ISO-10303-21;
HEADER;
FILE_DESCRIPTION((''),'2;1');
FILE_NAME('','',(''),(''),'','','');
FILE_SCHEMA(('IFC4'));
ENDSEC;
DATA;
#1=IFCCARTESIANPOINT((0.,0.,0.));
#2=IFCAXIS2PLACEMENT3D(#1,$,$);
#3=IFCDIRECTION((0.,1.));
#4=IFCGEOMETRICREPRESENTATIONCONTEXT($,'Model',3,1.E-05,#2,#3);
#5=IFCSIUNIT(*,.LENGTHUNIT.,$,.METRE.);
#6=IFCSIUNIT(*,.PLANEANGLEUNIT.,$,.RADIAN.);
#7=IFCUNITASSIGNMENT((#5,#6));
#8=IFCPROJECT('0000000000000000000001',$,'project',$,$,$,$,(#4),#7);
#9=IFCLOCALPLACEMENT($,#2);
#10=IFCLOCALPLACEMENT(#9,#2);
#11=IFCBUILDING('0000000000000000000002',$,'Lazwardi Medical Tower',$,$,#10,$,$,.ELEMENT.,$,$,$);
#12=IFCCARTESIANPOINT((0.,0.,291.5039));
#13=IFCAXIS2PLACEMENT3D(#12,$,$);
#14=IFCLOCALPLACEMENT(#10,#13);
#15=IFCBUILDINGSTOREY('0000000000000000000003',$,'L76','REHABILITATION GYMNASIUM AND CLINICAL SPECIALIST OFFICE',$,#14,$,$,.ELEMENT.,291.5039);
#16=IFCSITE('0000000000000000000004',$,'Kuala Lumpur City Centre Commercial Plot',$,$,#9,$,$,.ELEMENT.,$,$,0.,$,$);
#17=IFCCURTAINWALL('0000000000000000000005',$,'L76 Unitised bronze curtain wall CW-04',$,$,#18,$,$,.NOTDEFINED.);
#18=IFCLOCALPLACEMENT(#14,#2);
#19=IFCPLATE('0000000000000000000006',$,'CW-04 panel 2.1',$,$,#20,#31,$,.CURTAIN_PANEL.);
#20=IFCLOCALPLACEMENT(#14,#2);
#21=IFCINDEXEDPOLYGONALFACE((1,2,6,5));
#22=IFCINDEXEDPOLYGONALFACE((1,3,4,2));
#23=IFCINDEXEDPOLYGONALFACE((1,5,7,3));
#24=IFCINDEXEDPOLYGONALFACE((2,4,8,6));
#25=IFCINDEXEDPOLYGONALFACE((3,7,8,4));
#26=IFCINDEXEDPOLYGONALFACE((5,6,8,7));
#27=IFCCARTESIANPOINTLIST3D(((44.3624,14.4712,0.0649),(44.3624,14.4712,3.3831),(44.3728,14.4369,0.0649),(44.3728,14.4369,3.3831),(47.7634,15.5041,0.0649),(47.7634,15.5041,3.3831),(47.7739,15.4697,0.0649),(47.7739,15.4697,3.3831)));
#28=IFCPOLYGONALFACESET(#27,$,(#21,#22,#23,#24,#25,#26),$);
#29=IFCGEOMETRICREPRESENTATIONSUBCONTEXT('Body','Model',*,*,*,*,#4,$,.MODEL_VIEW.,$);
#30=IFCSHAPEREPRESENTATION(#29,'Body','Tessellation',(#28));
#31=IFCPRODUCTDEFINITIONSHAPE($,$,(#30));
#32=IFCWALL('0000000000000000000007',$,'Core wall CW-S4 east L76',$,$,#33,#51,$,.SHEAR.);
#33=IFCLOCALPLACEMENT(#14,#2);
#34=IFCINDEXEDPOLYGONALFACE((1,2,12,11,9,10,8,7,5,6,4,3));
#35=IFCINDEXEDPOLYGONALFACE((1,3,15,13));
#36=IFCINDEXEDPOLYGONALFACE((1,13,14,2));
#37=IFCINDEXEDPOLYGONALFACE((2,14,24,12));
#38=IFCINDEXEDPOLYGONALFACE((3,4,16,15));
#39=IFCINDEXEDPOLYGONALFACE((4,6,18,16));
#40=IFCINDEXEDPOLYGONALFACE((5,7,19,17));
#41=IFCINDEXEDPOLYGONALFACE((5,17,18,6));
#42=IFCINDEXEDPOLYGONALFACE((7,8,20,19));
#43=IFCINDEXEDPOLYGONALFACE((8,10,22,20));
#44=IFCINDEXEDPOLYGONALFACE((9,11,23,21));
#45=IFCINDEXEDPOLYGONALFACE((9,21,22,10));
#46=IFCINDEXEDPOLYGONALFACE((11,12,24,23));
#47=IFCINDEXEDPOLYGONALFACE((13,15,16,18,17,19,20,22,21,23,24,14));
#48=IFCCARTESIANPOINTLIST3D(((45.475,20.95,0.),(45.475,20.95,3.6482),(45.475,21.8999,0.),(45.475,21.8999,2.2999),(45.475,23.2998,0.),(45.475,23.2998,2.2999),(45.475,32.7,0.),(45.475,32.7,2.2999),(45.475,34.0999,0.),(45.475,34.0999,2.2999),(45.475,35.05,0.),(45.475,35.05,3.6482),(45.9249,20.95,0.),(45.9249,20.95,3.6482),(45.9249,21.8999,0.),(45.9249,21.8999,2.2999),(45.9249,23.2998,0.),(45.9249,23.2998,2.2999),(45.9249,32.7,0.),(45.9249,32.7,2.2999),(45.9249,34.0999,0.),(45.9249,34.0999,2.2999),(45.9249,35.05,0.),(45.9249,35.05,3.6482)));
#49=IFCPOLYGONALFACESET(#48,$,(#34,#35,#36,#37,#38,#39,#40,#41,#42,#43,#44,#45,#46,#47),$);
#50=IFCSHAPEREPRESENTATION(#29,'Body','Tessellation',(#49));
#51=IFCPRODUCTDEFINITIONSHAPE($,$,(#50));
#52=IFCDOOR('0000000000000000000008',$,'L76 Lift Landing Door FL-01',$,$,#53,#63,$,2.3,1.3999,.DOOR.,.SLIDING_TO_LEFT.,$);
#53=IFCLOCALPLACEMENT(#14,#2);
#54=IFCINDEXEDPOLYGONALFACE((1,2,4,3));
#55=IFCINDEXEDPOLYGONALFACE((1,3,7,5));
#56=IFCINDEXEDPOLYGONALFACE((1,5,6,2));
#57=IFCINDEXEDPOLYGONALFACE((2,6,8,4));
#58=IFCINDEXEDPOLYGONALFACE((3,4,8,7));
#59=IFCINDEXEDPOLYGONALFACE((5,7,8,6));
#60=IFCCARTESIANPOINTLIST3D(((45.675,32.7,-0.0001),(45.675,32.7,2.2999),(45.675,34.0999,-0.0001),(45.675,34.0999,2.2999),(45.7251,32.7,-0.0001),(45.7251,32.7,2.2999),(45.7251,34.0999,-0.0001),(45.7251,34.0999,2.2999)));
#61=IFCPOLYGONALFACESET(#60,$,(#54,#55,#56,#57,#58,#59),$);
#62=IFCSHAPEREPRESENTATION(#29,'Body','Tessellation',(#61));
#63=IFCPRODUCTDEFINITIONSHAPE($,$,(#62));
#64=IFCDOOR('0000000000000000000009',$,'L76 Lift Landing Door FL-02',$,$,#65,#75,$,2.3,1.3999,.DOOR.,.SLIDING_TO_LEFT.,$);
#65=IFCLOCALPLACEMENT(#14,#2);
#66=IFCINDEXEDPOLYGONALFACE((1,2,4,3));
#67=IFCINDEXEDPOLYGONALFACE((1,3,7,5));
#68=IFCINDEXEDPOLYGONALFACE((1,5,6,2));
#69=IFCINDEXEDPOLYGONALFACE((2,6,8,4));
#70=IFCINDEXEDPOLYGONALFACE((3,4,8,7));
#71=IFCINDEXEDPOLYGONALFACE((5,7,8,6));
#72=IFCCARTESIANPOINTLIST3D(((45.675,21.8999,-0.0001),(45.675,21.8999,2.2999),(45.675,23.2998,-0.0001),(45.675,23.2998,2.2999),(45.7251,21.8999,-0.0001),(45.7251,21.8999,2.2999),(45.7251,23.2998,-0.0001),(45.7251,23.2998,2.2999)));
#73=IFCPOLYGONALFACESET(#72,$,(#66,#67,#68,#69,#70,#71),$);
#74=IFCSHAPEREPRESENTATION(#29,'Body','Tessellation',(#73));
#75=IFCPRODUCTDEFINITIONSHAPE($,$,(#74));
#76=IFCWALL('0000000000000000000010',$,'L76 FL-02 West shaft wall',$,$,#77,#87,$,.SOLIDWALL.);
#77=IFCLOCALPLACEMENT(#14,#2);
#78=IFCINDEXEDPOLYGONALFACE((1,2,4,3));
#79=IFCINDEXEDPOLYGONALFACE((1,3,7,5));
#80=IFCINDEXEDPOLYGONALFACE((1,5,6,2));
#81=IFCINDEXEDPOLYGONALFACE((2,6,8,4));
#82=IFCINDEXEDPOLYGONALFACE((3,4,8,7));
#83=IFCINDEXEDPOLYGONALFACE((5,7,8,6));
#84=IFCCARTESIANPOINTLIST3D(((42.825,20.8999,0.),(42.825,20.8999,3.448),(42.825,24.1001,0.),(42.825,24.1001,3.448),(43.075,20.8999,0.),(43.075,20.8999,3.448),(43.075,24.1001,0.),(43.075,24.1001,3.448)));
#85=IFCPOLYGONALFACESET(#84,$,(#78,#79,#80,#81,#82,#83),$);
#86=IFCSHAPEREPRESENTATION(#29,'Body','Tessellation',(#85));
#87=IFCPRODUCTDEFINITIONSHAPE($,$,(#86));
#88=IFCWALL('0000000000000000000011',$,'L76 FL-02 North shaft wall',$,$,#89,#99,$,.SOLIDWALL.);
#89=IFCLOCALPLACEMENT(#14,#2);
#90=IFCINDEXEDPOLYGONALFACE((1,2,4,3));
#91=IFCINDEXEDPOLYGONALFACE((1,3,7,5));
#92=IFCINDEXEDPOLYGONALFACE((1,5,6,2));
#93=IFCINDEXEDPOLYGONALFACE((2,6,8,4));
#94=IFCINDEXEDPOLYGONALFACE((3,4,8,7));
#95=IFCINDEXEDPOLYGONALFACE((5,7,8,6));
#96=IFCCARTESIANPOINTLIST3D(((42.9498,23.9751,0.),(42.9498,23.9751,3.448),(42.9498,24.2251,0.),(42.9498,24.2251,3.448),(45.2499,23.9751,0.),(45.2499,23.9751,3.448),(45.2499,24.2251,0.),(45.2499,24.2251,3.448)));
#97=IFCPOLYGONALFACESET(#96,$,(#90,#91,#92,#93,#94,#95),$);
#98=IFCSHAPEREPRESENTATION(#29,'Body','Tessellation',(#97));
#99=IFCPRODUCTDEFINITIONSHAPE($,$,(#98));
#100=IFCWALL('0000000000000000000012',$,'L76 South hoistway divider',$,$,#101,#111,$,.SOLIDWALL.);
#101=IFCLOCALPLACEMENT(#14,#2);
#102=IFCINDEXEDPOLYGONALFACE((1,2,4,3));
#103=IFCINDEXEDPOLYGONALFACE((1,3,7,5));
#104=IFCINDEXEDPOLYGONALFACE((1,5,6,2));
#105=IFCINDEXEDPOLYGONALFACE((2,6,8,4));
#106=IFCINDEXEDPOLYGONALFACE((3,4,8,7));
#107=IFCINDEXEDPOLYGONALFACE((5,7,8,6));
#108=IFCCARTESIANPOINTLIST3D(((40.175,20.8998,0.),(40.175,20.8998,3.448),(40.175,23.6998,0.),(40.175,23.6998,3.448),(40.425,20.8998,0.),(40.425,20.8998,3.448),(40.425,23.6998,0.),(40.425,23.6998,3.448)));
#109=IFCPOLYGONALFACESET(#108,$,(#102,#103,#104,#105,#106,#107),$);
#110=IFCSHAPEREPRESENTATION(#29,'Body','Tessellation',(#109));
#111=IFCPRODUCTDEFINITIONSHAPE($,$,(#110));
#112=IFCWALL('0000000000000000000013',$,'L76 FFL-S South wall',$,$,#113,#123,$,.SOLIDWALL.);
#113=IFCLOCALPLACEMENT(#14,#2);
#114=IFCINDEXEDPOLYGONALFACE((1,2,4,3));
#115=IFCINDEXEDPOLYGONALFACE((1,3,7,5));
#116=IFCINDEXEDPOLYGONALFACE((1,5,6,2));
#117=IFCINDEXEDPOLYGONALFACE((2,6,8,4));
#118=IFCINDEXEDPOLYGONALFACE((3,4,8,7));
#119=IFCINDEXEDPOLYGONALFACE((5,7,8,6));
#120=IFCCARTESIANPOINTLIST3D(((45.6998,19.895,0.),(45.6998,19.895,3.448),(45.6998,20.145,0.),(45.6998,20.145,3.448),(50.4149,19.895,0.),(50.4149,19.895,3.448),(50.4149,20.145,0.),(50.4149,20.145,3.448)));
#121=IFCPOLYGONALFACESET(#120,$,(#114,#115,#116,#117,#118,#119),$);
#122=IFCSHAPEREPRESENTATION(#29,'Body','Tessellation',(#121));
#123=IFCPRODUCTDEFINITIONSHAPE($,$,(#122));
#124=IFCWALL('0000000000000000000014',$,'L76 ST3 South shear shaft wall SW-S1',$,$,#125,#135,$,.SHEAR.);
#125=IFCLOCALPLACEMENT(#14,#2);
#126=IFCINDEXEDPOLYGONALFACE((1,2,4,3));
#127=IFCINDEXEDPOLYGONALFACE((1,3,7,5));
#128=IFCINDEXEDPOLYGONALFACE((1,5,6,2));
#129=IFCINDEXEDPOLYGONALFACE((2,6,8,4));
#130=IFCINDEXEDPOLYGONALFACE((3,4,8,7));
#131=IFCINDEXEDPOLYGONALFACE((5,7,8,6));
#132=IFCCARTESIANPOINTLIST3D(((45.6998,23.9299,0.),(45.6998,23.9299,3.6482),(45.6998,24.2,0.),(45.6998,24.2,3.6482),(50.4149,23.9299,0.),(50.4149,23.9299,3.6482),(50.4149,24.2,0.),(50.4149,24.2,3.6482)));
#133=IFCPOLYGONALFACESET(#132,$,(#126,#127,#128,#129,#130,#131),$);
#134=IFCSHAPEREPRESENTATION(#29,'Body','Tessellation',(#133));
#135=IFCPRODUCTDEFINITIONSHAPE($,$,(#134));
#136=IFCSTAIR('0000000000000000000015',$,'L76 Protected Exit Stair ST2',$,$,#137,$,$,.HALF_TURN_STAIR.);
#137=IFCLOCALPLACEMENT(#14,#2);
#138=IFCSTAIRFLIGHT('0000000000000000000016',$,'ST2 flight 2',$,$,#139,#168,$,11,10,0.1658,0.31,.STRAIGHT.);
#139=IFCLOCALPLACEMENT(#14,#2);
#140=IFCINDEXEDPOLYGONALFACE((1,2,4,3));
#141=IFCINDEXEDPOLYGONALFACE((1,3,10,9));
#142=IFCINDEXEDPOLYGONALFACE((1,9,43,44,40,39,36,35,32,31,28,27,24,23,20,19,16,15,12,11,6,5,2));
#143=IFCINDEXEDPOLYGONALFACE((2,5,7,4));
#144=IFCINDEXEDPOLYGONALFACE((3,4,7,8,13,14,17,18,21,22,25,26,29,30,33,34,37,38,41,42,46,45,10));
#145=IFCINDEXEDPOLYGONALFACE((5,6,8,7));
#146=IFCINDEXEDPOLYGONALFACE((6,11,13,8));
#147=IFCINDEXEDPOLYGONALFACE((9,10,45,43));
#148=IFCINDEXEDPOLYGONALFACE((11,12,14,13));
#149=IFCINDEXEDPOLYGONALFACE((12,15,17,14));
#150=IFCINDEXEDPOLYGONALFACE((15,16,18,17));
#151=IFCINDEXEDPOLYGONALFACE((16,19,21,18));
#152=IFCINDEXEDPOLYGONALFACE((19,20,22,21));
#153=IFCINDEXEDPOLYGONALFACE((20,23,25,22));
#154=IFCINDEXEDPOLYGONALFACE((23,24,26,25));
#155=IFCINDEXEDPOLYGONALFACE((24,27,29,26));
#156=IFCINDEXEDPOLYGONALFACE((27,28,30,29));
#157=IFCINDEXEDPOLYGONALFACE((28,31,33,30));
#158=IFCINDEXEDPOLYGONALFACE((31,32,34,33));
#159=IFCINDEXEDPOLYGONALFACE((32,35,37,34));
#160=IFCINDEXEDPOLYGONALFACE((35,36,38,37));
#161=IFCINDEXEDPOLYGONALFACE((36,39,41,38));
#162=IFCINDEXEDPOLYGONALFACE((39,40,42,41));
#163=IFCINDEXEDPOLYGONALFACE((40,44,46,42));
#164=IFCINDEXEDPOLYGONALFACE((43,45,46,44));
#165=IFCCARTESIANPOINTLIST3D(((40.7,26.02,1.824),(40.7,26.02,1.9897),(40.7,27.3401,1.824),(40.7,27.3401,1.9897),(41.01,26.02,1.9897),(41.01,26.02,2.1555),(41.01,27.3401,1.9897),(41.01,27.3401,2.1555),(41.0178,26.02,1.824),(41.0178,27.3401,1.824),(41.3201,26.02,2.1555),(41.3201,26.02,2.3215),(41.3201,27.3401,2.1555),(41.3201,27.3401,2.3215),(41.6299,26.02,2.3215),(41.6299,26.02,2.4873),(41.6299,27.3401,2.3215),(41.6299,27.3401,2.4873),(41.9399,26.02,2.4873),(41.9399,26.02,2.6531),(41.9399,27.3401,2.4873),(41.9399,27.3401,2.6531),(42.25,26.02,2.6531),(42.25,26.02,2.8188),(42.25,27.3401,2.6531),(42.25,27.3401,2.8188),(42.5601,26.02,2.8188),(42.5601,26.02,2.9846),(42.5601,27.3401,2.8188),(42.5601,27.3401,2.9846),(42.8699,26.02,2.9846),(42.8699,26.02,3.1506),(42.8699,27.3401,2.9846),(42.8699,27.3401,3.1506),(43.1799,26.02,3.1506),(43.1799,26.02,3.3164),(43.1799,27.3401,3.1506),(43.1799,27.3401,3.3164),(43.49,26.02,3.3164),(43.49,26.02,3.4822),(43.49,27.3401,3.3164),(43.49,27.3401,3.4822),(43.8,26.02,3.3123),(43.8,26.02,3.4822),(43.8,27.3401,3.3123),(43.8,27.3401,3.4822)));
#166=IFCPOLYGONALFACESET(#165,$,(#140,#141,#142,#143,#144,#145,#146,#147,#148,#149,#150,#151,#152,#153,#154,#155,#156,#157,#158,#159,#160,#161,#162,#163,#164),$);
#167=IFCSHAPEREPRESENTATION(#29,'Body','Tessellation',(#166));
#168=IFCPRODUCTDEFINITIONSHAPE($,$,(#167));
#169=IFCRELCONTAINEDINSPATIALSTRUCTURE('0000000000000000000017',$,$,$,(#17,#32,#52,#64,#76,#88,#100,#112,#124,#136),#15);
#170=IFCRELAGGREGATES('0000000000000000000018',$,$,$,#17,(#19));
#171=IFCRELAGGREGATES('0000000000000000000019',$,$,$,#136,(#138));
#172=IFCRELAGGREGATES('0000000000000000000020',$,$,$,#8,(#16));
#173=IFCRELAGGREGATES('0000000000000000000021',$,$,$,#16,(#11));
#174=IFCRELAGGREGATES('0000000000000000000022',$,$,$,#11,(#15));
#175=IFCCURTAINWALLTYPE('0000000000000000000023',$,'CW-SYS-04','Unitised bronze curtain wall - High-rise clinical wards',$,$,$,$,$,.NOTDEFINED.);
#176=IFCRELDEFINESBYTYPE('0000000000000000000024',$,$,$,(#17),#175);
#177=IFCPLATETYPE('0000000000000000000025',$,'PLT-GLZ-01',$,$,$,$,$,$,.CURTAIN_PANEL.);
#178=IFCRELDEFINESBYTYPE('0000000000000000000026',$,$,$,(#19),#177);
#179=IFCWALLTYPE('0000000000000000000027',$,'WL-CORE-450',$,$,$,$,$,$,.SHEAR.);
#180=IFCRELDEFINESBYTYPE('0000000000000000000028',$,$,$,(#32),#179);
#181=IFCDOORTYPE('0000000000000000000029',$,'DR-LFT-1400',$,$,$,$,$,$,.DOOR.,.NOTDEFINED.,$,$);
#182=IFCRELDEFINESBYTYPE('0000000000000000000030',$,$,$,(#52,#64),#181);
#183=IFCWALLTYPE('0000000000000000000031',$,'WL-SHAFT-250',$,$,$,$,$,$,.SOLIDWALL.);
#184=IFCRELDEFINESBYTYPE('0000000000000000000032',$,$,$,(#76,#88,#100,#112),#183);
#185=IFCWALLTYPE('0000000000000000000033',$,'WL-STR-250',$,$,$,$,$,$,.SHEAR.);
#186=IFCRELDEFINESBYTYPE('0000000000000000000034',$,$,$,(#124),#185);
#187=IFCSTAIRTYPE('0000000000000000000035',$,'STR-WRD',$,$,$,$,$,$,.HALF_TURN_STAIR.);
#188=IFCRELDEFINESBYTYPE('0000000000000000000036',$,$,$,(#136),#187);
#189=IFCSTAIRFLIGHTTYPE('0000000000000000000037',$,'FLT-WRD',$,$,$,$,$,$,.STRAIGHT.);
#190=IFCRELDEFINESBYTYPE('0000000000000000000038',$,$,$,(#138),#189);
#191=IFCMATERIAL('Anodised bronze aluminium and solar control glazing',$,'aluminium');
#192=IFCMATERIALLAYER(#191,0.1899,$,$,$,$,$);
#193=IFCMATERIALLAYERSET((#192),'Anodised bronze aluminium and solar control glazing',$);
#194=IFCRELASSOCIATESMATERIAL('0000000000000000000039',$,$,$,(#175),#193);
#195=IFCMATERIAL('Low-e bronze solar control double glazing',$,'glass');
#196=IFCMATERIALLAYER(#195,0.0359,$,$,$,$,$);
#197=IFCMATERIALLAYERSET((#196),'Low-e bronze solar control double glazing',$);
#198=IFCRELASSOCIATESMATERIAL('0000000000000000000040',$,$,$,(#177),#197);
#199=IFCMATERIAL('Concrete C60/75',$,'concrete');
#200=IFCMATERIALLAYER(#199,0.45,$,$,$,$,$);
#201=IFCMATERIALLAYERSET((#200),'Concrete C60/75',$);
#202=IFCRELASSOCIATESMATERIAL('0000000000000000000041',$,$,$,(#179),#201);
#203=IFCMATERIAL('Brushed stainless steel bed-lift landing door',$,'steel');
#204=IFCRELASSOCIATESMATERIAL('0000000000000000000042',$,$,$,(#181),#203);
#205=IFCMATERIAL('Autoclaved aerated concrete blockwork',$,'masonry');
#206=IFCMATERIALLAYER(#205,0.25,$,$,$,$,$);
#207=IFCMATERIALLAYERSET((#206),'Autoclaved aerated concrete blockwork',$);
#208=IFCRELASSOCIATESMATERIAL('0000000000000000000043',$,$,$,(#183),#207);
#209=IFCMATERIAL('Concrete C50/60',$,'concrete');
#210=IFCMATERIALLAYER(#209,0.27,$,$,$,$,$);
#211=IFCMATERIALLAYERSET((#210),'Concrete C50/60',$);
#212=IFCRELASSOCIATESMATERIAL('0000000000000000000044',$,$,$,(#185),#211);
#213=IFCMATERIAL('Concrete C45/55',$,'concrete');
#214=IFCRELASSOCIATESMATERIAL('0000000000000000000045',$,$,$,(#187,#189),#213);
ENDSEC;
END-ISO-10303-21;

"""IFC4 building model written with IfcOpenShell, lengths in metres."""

from ifc_helpers import new_model, si_unit, direction, frame, frame_2d, origin, origin_2d, place, context, subcontext, project, spatial, polyline, rectangle, outline, extrude, material, layer, layer_set, type_object, element, fill, aggregate, save


model = new_model("IFC4")

# Units and contexts
model_context = context("Model", 3, precision=1e-05, world=origin(), true_north=direction((0.0, 1.0)))
body_context = subcontext(model_context, "Body", "Model", "MODEL_VIEW")
ifc_project = project(units=[si_unit("LENGTHUNIT", "METRE"), si_unit("PLANEANGLEUNIT", "RADIAN")], contexts=[model_context])

# Site, building, storey
site_placement = place(None, origin())
site = spatial("IfcSite", under=ifc_project, at=site_placement, Name="Kuala Lumpur City Centre Commercial Plot", CompositionType="ELEMENT", RefElevation=0.0)
building_placement = place(site_placement, origin())
building = spatial("IfcBuilding", under=site, at=building_placement, Name="Lazwardi Medical Tower", CompositionType="ELEMENT")
storey_placement = place(building_placement, frame((0.0, 0.0, 291.5039)))
storey = spatial("IfcBuildingStorey", under=building, at=storey_placement, Name="L76", Description="REHABILITATION GYMNASIUM AND CLINICAL SPECIALIST OFFICE", CompositionType="ELEMENT", Elevation=291.5039)

# Shared definitions
ifc_material_1 = material(Name="Concrete C60/75", Category="concrete")

# Curtain wall, plate
ifc_material_2 = material(Name="Anodised bronze aluminium and solar control glazing", Category="aluminium")
ifc_layer_1 = layer(ifc_material_2, 0.1899)
ifc_layer_set_1 = layer_set([ifc_layer_1], Name="Anodised bronze aluminium and solar control glazing")
curtain_wall_type = type_object("IfcCurtainWallType", Name="CW-SYS-04", Description="Unitised bronze curtain wall - High-rise clinical wards", PredefinedType="NOTDEFINED", material=ifc_layer_set_1)
curtain_wall_placement = place(storey_placement, origin())
curtain_wall = element("IfcCurtainWall", 1, at=curtain_wall_placement, inside=storey, type_object=curtain_wall_type, Name="L76 Unitised bronze curtain wall CW-04", PredefinedType="NOTDEFINED")
ifc_material_3 = material(Name="Low-e bronze solar control double glazing", Category="glass")
ifc_layer_2 = layer(ifc_material_3, 0.0359)
ifc_layer_set_2 = layer_set([ifc_layer_2], Name="Low-e bronze solar control double glazing")
plate_type = type_object("IfcPlateType", Name="PLT-GLZ-01", PredefinedType="CURTAIN_PANEL", material=ifc_layer_set_2)
plate_1_placement = place(storey_placement, frame((46.0681, 14.9705, 0.0649), z_axis=(0.0, 0.0, 1.0), x_axis=(0.95685, 0.290582, 0.0)))
plate_1 = element("IfcPlate", 2, at=plate_1_placement, type_object=plate_type, Name="CW-04 panel 2.1", PredefinedType="CURTAIN_PANEL", context=body_context, shape_type="SweptSolid", body=[
    extrude(rectangle(XDim=3.5544, YDim=0.0359, at=origin_2d()), origin(), (0.0, 0.0, 1.0), 3.3181),
])
aggregate(curtain_wall, [plate_1])

# Wall, openings, doors
ifc_layer_3 = layer(ifc_material_1, 0.45)
ifc_layer_set_3 = layer_set([ifc_layer_3], Name="Concrete C60/75")
wall_type_1 = type_object("IfcWallType", Name="WL-CORE-450", PredefinedType="SHEAR", material=ifc_layer_set_3)
wall_1_placement = place(storey_placement, frame((45.7, 20.95, 0.0), z_axis=(0.0, 0.0, 1.0), x_axis=(0.0, 1.0, 0.0)))
wall_1 = element("IfcWall", 3, at=wall_1_placement, inside=storey, type_object=wall_type_1, Name="Core wall CW-S4 east L76", PredefinedType="SHEAR", context=body_context, shape_type="SweptSolid", body=[
    extrude(rectangle(XDim=14.1001, YDim=0.45, at=frame_2d((7.05, 0.0))), origin(), (0.0, 0.0, 1.0), 3.6482),
])
opening_1_placement = place(wall_1_placement, frame((11.75, 0.0, 0.0)))
opening_1 = element("IfcOpeningElement", 4, at=opening_1_placement, cuts=wall_1, PredefinedType="OPENING", context=body_context, shape_type="SweptSolid", body=[
    extrude(rectangle(XDim=1.3999, YDim=2.3, at=frame_2d((0.7, 1.1499))), frame((0.0, 0.2349, 0.0), z_axis=(0.0, -1.0, 0.0), x_axis=(1.0, 0.0, 0.0)), (0.0, 0.0, 1.0), 0.47),
])
opening_2_placement = place(wall_1_placement, frame((0.95, 0.0, 0.0)))
opening_2 = element("IfcOpeningElement", 5, at=opening_2_placement, cuts=wall_1, PredefinedType="OPENING", context=body_context, shape_type="SweptSolid", body=[
    extrude(rectangle(XDim=1.3999, YDim=2.3, at=frame_2d((0.7, 1.1499))), frame((0.0, 0.2349, 0.0), z_axis=(0.0, -1.0, 0.0), x_axis=(1.0, 0.0, 0.0)), (0.0, 0.0, 1.0), 0.47),
])
ifc_material_4 = material(Name="Brushed stainless steel bed-lift landing door", Category="steel")
door_type = type_object("IfcDoorType", Name="DR-LFT-1400", OperationType="NOTDEFINED", PredefinedType="DOOR", material=ifc_material_4)
door_1_placement = place(opening_1_placement, origin())
door_1 = element("IfcDoor", 6, at=door_1_placement, inside=storey, type_object=door_type, Name="L76 Lift Landing Door FL-01", OperationType="SLIDING_TO_LEFT", OverallHeight=2.3, OverallWidth=1.3999, PredefinedType="DOOR", context=body_context, shape_type="SweptSolid", body=[
    extrude(rectangle(XDim=1.3999, YDim=2.3, at=frame_2d((0.7, 1.1499))), frame((0.0, 0.0249, 0.0), z_axis=(0.0, -1.0, 0.0), x_axis=(1.0, 0.0, 0.0)), (0.0, 0.0, 1.0), 0.05),
])
fill(opening_1, door_1)
door_2_placement = place(opening_2_placement, origin())
door_2 = element("IfcDoor", 7, at=door_2_placement, inside=storey, type_object=door_type, Name="L76 Lift Landing Door FL-02", OperationType="SLIDING_TO_LEFT", OverallHeight=2.3, OverallWidth=1.3999, PredefinedType="DOOR", context=body_context, shape_type="SweptSolid", body=[
    extrude(rectangle(XDim=1.3999, YDim=2.3, at=frame_2d((0.7, 1.1499))), frame((0.0, 0.0249, 0.0), z_axis=(0.0, -1.0, 0.0), x_axis=(1.0, 0.0, 0.0)), (0.0, 0.0, 1.0), 0.05),
])
fill(opening_2, door_2)

# Walls
ifc_material_5 = material(Name="Autoclaved aerated concrete blockwork", Category="masonry")
ifc_layer_4 = layer(ifc_material_5, 0.25)
ifc_layer_set_4 = layer_set([ifc_layer_4], Name="Autoclaved aerated concrete blockwork")
wall_type_2 = type_object("IfcWallType", Name="WL-SHAFT-250", PredefinedType="SOLIDWALL", material=ifc_layer_set_4)
wall_2_placement = place(storey_placement, frame((42.95, 20.8999, 0.0), z_axis=(0.0, 0.0, 1.0), x_axis=(0.0, 1.0, 0.0)))
element("IfcWall", 8, at=wall_2_placement, inside=storey, type_object=wall_type_2, Name="L76 FL-02 West shaft wall", PredefinedType="SOLIDWALL", context=body_context, shape_type="SweptSolid", body=[
    extrude(rectangle(XDim=3.2002, YDim=0.25, at=frame_2d((1.6001, 0.0))), origin(), (0.0, 0.0, 1.0), 3.448),
])
wall_3_placement = place(storey_placement, frame((42.95, 24.1001, 0.0), z_axis=(0.0, 0.0, 1.0), x_axis=(1.0, 0.0, 0.0)))
element("IfcWall", 9, at=wall_3_placement, inside=storey, type_object=wall_type_2, Name="L76 FL-02 North shaft wall", PredefinedType="SOLIDWALL", context=body_context, shape_type="SweptSolid", body=[
    extrude(rectangle(XDim=2.3, YDim=0.25, at=frame_2d((1.1499, 0.0))), origin(), (0.0, 0.0, 1.0), 3.448),
])
wall_4_placement = place(storey_placement, frame((40.3, 20.8999, 0.0), z_axis=(0.0, 0.0, 1.0), x_axis=(0.0, 1.0, 0.0)))
element("IfcWall", 10, at=wall_4_placement, inside=storey, type_object=wall_type_2, Name="L76 South hoistway divider", PredefinedType="SOLIDWALL", context=body_context, shape_type="SweptSolid", body=[
    extrude(rectangle(XDim=2.8, YDim=0.25, at=frame_2d((1.3999, 0.0))), origin(), (0.0, 0.0, 1.0), 3.448),
])
wall_5_placement = place(storey_placement, frame((45.7, 20.02, 0.0), z_axis=(0.0, 0.0, 1.0), x_axis=(1.0, 0.0, 0.0)))
element("IfcWall", 11, at=wall_5_placement, inside=storey, type_object=wall_type_2, Name="L76 FFL-S South wall", PredefinedType="SOLIDWALL", context=body_context, shape_type="SweptSolid", body=[
    extrude(rectangle(XDim=4.7151, YDim=0.25, at=frame_2d((2.3574, 0.0))), origin(), (0.0, 0.0, 1.0), 3.448),
])
ifc_material_6 = material(Name="Concrete C50/60", Category="concrete")
ifc_layer_5 = layer(ifc_material_6, 0.27)
ifc_layer_set_5 = layer_set([ifc_layer_5], Name="Concrete C50/60")
wall_type_3 = type_object("IfcWallType", Name="WL-STR-250", PredefinedType="SHEAR", material=ifc_layer_set_5)
wall_6_placement = place(storey_placement, frame((45.7, 24.0649, 0.0), z_axis=(0.0, 0.0, 1.0), x_axis=(1.0, 0.0, 0.0)))
element("IfcWall", 12, at=wall_6_placement, inside=storey, type_object=wall_type_3, Name="L76 ST3 South shear shaft wall SW-S1", PredefinedType="SHEAR", context=body_context, shape_type="SweptSolid", body=[
    extrude(rectangle(XDim=4.7151, YDim=0.27, at=frame_2d((2.3574, 0.0))), origin(), (0.0, 0.0, 1.0), 3.6482),
])

# Stair, stair flight
ifc_material_7 = material(Name="Concrete C45/55", Category="concrete")
stair_type = type_object("IfcStairType", Name="STR-WRD", PredefinedType="HALF_TURN_STAIR", material=ifc_material_7)
stair_placement = place(storey_placement, origin())
stair = element("IfcStair", 13, at=stair_placement, inside=storey, type_object=stair_type, Name="L76 Protected Exit Stair ST2", PredefinedType="HALF_TURN_STAIR")
stair_flight_type = type_object("IfcStairFlightType", Name="FLT-WRD", PredefinedType="STRAIGHT", material=ifc_material_7)
stair_flight_placement = place(storey_placement, frame((40.7, 26.6799, 1.824), z_axis=(0.0, 0.0, 1.0), x_axis=(1.0, 0.0, 0.0)))
stair_flight = element("IfcStairFlight", 14, at=stair_flight_placement, type_object=stair_flight_type, Name="ST2 flight 2", NumberOfRisers=11, NumberOfTreads=10, PredefinedType="STRAIGHT", RiserHeight=0.1658, TreadLength=0.31, context=body_context, shape_type="SweptSolid", body=[
    extrude(outline(polyline([(0.0, 0.0), (0.0, 0.1658), (0.3101, 0.1658), (0.3101, 0.3315), (0.6201, 0.3315), (0.6201, 0.4976), (0.9299, 0.4976), (0.9299, 0.6633), (1.24, 0.6633), (1.24, 0.8291), (1.55, 0.8291), (1.55, 0.9949), (1.8601, 0.9949), (1.8601, 1.1606), (2.1699, 1.1606), (2.1699, 1.3267), (2.48, 1.3267), (2.48, 1.4924), (2.79, 1.4924), (2.79, 1.6582), (3.1001, 1.6582), (3.1001, 1.824), (3.1001, 1.4883), (0.3179, 0.0), (0.0, 0.0)])), frame((0.0, 0.6602, 0.0), z_axis=(0.0, -1.0, 0.0), x_axis=(1.0, 0.0, 0.0)), (0.0, 0.0, 1.0), 1.3201),
])
aggregate(stair, [stair_flight])

save(model, "model.ifc")
